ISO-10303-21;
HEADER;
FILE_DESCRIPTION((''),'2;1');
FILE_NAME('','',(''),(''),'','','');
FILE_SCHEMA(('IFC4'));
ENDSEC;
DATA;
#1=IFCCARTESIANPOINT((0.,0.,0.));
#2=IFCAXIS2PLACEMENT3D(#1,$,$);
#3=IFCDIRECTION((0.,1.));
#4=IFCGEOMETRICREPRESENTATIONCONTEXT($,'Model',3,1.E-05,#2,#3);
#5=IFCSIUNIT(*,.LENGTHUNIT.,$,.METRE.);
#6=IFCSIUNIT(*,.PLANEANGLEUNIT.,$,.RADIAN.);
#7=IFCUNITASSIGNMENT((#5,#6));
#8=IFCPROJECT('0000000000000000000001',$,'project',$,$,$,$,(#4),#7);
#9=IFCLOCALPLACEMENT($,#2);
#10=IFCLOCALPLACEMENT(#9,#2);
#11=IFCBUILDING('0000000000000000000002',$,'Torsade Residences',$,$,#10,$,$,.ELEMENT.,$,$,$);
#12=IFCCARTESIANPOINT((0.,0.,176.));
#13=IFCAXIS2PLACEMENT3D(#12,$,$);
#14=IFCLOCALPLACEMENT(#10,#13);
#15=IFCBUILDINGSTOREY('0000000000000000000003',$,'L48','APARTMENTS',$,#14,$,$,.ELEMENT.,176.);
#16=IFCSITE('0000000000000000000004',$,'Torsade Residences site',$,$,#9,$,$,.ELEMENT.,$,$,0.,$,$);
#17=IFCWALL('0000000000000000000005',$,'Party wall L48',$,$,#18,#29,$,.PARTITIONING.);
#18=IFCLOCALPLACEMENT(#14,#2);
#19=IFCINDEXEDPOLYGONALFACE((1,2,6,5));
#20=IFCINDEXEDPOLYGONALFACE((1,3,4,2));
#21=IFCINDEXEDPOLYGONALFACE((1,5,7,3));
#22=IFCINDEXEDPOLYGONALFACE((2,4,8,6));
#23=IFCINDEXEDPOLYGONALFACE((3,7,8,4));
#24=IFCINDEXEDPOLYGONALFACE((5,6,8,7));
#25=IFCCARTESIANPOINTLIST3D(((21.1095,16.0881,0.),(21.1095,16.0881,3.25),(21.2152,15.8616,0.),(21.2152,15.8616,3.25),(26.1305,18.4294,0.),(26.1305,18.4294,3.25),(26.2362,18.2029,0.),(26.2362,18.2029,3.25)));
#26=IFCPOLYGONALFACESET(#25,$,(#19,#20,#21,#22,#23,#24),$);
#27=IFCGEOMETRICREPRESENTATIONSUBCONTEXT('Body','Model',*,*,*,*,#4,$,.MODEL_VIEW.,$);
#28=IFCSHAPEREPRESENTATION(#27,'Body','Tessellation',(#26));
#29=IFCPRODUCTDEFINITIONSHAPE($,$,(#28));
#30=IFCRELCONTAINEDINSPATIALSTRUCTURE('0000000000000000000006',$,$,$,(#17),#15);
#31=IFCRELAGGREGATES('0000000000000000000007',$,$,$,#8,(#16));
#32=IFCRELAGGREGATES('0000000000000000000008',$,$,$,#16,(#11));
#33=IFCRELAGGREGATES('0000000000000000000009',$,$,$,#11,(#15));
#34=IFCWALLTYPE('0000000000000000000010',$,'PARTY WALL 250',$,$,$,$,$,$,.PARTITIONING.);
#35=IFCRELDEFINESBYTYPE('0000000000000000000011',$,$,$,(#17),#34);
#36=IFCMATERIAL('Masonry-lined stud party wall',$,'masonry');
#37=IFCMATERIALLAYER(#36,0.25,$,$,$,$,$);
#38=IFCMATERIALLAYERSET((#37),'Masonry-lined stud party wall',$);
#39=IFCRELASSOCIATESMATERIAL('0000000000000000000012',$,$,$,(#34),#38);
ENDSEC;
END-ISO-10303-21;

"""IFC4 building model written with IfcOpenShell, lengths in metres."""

from ifc_helpers import new_model, si_unit, direction, frame, frame_2d, origin, place, context, subcontext, project, spatial, rectangle, extrude, material, layer, layer_set, type_object, element, save


model = new_model("IFC4")

# Units and contexts
model_context = context("Model", 3, precision=1e-05, world=origin(), true_north=direction((0.0, 1.0)))
body_context = subcontext(model_context, "Body", "Model", "MODEL_VIEW")
ifc_project = project(units=[si_unit("LENGTHUNIT", "METRE"), si_unit("PLANEANGLEUNIT", "RADIAN")], contexts=[model_context])

# Site, building, storey
site_placement = place(None, origin())
site = spatial("IfcSite", under=ifc_project, at=site_placement, Name="Torsade Residences site", CompositionType="ELEMENT", RefElevation=0.0)
building_placement = place(site_placement, origin())
building = spatial("IfcBuilding", under=site, at=building_placement, Name="Torsade Residences", CompositionType="ELEMENT")
storey_placement = place(building_placement, frame((0.0, 0.0, 176.0)))
storey = spatial("IfcBuildingStorey", under=building, at=storey_placement, Name="L48", Description="APARTMENTS", CompositionType="ELEMENT", Elevation=176.0)

# Wall
ifc_material_1 = material(Name="Masonry-lined stud party wall", Category="masonry")
ifc_layer_1 = layer(ifc_material_1, 0.25)
ifc_layer_set_1 = layer_set([ifc_layer_1], Name="Masonry-lined stud party wall")
wall_type_1 = type_object("IfcWallType", Name="PARTY WALL 250", PredefinedType="PARTITIONING", material=ifc_layer_set_1)
wall_1_placement = place(storey_placement, frame((21.1624, 15.9749, 0.0), z_axis=(0.0, 0.0, 1.0), x_axis=(0.906309, 0.422615, 0.0)))
element("IfcWall", 1, at=wall_1_placement, inside=storey, type_object=wall_type_1, Name="Party wall L48", PredefinedType="PARTITIONING", context=body_context, shape_type="SweptSolid", body=[
    extrude(rectangle(XDim=5.54, YDim=0.25, at=frame_2d((2.77, 0.0))), origin(), (0.0, 0.0, 1.0), 3.25),
])

save(model, "model.ifc")
